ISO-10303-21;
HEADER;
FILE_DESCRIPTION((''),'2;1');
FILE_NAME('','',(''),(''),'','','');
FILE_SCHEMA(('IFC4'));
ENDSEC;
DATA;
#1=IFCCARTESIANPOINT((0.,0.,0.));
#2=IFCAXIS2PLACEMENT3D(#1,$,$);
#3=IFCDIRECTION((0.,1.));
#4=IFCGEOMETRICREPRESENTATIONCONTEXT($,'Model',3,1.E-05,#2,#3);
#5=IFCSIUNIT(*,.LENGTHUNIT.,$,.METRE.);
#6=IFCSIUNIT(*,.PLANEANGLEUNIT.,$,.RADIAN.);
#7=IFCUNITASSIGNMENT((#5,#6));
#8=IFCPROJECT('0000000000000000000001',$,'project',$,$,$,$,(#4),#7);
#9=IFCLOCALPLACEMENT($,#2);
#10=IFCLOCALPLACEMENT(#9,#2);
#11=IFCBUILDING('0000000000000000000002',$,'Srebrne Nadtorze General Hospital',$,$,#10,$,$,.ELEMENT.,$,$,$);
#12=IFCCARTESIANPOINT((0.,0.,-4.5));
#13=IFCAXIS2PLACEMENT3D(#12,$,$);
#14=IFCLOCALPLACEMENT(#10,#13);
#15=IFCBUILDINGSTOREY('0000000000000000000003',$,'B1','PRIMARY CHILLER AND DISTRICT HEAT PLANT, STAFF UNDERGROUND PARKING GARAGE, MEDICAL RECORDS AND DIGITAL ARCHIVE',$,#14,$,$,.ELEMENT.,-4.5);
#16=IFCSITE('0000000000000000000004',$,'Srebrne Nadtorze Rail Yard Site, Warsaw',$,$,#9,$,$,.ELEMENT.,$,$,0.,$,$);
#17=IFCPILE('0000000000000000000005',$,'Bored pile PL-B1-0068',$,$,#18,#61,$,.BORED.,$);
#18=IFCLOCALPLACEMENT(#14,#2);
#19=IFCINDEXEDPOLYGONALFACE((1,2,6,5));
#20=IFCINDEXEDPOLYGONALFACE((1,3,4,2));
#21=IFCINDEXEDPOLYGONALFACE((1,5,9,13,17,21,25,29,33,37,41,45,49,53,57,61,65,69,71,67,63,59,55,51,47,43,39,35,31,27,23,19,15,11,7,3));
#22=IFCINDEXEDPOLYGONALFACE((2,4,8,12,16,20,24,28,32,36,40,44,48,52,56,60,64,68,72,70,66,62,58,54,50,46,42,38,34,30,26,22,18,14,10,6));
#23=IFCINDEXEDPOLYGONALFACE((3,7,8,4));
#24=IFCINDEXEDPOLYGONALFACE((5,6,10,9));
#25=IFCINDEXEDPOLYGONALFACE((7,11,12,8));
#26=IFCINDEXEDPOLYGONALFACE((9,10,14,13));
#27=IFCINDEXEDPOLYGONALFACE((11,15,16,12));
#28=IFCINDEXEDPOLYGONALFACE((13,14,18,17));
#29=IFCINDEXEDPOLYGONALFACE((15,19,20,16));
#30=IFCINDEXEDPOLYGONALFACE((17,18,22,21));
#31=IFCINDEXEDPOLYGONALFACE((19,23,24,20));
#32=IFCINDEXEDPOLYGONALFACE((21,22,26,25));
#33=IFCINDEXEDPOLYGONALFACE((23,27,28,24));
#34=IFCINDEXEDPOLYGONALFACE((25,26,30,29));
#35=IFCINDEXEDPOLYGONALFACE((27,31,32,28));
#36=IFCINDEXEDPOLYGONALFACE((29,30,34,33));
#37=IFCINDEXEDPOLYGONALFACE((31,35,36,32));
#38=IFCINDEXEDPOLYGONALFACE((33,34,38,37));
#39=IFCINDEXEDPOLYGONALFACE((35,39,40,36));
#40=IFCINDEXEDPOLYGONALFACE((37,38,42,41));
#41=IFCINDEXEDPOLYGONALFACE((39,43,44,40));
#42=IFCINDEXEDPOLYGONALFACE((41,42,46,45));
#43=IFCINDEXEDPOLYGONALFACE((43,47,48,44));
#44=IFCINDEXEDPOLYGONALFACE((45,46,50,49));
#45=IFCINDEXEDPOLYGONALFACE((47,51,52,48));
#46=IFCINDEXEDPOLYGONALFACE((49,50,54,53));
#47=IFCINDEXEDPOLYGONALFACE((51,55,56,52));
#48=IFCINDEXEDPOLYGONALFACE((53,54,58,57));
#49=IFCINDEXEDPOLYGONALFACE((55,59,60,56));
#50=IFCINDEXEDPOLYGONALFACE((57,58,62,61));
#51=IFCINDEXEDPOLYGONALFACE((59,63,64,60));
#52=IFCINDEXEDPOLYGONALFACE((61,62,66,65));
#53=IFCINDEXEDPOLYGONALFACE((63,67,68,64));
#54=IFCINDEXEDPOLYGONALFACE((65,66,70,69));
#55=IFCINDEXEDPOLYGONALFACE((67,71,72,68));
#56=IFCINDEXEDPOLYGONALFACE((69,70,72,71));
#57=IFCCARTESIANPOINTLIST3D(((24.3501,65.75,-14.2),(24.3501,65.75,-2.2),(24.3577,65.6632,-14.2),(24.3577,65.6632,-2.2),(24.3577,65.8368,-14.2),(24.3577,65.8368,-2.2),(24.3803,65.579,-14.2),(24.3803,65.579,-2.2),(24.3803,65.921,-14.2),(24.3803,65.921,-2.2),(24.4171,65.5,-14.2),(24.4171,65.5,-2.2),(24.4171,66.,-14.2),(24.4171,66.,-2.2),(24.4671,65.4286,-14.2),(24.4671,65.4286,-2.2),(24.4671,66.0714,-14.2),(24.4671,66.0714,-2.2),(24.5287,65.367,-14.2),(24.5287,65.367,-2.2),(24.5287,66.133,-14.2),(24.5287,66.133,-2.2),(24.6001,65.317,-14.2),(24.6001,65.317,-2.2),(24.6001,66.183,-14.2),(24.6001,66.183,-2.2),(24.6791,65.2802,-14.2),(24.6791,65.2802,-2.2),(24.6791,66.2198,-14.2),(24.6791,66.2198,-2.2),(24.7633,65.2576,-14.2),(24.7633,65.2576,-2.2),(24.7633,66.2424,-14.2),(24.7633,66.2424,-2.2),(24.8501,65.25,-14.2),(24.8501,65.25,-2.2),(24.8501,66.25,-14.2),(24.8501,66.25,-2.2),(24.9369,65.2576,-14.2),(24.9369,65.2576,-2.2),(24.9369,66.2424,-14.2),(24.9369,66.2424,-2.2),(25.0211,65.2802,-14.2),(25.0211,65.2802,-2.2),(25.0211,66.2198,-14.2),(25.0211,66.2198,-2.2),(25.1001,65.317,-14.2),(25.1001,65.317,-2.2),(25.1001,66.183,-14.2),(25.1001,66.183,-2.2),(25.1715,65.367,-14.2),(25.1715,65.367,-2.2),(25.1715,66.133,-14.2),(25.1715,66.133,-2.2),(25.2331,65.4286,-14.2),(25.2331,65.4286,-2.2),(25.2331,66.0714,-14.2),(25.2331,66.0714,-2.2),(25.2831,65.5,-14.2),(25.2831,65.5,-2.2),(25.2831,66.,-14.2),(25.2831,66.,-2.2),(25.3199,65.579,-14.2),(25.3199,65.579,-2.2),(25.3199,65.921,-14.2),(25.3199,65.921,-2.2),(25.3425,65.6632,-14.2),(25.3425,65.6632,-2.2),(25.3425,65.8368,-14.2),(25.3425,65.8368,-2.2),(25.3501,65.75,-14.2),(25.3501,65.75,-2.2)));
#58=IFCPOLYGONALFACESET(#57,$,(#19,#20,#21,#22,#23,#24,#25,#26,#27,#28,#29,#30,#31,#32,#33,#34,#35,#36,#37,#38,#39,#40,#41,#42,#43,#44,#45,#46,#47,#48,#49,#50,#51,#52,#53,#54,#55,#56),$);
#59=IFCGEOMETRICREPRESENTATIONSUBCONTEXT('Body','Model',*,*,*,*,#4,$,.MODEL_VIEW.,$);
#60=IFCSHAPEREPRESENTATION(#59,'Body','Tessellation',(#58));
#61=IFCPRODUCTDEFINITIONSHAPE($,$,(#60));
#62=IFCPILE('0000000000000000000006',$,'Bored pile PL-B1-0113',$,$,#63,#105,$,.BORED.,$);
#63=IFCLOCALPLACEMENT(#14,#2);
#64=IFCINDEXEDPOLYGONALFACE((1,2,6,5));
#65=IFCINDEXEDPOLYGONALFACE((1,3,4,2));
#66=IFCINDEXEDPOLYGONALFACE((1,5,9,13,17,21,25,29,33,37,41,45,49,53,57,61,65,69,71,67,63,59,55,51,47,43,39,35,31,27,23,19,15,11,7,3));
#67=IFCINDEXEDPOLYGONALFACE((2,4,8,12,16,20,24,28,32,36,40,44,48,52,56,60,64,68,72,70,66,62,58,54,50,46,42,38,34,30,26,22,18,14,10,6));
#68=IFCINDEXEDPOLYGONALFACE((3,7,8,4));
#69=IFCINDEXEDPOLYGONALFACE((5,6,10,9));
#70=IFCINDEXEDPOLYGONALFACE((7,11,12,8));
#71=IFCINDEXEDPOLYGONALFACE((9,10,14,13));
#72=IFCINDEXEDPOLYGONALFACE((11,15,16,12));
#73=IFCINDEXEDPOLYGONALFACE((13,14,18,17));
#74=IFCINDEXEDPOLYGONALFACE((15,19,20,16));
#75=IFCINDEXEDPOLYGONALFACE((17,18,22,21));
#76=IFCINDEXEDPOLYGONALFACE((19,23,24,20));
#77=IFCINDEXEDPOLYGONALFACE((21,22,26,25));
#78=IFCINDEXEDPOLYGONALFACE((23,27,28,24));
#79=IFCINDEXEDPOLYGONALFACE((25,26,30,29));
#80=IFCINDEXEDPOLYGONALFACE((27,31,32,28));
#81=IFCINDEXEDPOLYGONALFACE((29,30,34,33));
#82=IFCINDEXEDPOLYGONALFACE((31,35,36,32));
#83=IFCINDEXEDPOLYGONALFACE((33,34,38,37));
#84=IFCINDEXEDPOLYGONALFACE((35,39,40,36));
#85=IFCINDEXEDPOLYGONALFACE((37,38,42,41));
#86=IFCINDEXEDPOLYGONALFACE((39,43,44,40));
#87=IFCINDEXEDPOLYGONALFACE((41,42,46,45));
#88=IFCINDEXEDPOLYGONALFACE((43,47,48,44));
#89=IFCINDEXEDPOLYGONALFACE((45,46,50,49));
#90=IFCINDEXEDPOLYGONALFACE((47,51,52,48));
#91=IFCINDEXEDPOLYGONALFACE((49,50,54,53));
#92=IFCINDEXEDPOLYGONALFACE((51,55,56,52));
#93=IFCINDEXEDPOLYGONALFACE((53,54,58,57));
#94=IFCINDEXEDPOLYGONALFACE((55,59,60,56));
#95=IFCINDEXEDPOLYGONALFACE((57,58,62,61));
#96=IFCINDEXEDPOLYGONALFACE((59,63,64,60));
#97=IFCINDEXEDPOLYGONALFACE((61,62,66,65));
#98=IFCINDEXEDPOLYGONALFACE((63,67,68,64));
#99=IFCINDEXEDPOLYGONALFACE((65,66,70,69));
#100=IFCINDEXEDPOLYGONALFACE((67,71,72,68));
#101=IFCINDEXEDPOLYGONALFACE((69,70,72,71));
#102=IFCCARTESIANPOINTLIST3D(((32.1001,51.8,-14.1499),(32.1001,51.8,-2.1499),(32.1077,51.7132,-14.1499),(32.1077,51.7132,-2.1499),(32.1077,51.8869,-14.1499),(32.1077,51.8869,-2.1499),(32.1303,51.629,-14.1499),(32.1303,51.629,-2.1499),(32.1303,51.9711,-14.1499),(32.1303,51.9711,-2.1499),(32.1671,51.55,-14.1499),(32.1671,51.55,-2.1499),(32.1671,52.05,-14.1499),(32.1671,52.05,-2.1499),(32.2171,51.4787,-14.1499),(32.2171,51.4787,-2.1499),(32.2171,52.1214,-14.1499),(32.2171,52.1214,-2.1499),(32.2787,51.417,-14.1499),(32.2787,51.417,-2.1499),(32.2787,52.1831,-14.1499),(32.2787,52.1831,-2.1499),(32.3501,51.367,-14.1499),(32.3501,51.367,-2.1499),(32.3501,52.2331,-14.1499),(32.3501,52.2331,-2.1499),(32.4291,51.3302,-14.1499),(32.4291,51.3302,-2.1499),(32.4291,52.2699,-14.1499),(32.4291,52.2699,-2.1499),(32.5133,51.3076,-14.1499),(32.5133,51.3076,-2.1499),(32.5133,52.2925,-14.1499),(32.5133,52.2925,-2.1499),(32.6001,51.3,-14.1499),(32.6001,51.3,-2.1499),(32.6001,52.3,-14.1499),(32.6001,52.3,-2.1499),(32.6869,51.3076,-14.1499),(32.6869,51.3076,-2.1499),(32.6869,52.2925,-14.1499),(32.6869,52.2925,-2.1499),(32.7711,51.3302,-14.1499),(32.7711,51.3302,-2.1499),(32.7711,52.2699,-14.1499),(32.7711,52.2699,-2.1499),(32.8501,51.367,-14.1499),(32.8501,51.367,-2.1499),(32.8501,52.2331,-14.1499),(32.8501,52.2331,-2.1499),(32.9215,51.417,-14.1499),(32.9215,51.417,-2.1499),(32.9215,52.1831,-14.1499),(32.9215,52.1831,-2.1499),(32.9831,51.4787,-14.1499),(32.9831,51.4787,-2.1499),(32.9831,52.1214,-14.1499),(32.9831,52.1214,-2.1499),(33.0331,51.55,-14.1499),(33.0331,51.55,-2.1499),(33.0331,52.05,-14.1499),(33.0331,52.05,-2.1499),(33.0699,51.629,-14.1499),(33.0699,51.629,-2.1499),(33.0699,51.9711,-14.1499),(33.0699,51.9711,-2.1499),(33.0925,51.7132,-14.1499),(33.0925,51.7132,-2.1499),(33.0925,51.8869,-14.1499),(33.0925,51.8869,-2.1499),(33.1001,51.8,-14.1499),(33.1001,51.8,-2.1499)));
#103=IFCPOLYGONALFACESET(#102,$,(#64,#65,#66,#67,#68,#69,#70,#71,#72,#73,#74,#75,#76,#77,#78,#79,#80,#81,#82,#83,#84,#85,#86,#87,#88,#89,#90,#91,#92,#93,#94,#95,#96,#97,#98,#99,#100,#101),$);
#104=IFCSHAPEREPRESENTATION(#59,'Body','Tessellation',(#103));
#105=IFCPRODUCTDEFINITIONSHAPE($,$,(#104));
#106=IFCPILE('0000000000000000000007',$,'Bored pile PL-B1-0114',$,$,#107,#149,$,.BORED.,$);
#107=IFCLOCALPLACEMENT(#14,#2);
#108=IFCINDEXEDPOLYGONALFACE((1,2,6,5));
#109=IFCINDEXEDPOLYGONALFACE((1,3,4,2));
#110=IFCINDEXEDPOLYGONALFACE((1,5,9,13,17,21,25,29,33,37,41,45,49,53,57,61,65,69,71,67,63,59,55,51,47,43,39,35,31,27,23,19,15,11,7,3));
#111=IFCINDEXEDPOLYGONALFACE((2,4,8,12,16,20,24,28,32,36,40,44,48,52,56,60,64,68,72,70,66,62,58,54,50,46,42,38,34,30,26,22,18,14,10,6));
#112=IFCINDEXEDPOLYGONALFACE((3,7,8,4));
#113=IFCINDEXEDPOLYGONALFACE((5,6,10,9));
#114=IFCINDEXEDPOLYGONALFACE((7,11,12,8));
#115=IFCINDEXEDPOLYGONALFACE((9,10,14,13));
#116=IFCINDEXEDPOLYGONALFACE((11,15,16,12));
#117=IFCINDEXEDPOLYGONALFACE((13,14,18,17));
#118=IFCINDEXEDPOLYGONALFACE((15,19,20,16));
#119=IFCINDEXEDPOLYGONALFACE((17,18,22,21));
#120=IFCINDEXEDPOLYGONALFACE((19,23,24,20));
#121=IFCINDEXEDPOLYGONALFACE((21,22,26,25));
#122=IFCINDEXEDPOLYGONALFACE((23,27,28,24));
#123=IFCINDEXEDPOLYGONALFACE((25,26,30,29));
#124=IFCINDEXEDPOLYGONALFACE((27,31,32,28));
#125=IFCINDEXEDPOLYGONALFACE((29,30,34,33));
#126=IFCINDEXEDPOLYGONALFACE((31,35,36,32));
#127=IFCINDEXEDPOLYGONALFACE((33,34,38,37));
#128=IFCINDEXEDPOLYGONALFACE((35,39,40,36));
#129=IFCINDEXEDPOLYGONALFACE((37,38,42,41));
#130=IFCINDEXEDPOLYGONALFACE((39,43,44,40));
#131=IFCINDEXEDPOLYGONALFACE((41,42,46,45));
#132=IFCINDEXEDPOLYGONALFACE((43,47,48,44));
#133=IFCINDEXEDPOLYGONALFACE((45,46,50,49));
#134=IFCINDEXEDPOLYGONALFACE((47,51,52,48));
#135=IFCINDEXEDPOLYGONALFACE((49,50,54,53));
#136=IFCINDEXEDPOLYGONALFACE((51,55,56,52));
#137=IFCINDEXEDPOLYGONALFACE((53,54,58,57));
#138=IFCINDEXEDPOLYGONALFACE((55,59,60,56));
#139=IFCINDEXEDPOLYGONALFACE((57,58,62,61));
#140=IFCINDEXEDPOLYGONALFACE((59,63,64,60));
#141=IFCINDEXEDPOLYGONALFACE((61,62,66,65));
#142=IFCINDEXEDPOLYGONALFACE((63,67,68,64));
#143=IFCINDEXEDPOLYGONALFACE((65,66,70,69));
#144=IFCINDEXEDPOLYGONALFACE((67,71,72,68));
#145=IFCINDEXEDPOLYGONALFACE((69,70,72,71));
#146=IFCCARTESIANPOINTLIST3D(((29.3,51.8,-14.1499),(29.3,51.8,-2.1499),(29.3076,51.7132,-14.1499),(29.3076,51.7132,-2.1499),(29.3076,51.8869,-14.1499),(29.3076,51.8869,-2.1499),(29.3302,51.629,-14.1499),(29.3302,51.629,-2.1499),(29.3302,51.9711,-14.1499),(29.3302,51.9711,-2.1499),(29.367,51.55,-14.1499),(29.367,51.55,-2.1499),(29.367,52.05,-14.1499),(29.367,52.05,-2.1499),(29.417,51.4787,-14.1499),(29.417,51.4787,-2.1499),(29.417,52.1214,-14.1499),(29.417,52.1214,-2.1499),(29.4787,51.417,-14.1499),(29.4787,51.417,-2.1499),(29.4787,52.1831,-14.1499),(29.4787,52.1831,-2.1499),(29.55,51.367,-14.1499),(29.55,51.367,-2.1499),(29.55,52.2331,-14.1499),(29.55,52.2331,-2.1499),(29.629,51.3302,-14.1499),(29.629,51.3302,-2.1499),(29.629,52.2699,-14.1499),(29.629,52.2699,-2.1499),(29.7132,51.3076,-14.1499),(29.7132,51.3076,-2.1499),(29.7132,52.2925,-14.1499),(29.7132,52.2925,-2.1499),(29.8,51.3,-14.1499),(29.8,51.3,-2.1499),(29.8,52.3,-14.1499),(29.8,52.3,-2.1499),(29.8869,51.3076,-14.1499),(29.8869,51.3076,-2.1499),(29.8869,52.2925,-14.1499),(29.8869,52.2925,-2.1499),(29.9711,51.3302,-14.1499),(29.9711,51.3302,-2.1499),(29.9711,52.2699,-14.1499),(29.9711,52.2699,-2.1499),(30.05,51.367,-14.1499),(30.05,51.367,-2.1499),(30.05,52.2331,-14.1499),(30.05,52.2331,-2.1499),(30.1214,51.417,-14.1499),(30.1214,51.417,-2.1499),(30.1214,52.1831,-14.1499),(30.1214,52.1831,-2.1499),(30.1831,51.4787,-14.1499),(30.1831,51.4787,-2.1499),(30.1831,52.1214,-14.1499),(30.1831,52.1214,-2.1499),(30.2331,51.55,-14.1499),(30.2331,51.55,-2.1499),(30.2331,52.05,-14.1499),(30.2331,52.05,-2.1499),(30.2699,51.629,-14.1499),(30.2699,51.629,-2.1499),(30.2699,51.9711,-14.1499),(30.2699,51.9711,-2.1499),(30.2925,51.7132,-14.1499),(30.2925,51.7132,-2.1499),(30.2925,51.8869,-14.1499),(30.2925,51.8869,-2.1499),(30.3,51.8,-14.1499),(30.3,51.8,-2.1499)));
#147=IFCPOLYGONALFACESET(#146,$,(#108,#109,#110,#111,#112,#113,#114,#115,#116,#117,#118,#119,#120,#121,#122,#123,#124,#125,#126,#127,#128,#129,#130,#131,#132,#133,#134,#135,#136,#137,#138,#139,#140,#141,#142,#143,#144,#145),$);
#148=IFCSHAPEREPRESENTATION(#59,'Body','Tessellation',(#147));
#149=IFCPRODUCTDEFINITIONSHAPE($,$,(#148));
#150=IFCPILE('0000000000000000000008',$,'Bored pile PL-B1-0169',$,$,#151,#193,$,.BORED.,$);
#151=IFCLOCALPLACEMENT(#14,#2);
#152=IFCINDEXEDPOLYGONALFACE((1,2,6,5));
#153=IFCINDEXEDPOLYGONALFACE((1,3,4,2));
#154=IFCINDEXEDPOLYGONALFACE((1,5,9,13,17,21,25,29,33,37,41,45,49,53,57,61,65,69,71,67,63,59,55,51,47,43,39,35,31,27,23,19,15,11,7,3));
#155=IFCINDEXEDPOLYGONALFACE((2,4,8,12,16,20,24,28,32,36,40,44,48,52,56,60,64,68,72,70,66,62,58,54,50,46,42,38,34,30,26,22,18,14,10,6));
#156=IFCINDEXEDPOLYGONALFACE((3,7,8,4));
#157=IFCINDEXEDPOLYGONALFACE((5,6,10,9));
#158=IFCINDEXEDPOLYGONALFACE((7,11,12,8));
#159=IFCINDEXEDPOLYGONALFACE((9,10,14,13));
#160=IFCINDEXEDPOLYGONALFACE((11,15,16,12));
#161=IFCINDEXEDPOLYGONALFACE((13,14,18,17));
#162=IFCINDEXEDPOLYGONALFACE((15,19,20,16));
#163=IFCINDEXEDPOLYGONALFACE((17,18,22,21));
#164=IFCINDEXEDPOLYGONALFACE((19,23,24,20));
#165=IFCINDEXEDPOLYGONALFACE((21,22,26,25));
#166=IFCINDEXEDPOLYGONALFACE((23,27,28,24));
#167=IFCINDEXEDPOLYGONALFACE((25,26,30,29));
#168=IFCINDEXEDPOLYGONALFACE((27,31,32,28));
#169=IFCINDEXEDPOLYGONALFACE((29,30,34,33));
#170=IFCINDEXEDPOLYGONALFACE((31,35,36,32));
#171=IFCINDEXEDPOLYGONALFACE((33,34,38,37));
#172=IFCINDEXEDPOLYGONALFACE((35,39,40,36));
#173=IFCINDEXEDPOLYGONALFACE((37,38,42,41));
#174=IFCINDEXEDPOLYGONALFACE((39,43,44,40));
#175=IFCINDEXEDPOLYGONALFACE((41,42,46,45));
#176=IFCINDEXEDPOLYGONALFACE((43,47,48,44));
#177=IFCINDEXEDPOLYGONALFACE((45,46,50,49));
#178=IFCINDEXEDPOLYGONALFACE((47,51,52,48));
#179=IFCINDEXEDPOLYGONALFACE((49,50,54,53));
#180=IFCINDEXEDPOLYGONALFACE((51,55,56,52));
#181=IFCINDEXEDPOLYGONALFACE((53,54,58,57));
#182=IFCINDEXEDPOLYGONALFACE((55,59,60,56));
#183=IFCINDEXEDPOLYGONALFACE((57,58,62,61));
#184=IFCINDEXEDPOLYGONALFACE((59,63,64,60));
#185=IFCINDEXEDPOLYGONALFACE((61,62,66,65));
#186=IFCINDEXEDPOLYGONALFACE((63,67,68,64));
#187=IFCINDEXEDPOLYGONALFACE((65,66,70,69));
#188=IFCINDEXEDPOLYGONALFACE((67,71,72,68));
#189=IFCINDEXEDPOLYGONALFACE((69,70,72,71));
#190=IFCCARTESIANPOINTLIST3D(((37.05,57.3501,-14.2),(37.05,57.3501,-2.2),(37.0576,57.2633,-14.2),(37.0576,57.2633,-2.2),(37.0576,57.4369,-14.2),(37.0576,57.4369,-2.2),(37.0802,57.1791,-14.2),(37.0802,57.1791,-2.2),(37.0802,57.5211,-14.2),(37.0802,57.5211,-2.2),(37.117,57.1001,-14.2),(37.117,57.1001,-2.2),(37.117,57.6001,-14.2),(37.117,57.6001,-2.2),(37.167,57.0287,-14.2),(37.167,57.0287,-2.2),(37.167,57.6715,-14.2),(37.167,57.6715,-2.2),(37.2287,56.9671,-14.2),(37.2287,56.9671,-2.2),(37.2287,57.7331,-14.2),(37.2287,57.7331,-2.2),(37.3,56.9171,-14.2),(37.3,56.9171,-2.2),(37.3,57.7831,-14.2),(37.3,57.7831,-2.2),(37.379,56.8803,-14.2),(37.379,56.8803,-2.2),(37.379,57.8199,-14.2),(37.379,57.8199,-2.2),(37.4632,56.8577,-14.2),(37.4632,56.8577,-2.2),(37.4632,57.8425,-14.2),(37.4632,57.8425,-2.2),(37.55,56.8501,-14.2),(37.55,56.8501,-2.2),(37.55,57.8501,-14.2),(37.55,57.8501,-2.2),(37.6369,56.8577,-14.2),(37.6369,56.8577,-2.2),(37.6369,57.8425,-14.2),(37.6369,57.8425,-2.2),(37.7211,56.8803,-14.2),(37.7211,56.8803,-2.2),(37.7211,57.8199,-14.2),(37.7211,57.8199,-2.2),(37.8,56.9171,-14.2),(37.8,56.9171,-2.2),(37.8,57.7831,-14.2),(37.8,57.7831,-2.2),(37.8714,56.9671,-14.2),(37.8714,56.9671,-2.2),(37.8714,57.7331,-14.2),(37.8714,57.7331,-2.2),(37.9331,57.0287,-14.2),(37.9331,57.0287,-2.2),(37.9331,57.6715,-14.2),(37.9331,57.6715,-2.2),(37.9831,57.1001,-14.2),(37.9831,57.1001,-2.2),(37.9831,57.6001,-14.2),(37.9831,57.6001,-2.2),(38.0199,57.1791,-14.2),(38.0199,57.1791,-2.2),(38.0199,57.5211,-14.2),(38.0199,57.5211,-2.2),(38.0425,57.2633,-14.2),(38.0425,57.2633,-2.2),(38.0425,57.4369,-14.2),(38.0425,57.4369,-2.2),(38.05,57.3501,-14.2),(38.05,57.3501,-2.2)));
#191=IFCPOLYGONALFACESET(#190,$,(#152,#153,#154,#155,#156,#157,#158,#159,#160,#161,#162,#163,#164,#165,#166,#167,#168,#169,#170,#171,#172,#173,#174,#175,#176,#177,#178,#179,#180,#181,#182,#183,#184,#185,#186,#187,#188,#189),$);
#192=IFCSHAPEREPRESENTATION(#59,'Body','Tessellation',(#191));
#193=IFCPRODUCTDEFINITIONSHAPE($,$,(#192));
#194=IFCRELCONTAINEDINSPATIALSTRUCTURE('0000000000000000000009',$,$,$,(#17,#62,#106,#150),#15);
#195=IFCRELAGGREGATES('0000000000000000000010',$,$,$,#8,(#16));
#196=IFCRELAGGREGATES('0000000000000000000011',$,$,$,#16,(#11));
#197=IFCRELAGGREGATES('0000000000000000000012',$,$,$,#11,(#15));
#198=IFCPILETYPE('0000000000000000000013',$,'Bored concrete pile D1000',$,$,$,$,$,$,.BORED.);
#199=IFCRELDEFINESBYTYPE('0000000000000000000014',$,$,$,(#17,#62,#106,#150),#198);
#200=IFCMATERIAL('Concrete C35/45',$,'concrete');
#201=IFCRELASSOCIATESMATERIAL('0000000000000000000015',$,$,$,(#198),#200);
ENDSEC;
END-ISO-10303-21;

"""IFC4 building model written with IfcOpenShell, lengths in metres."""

from ifc_helpers import new_model, si_unit, direction, frame, origin, origin_2d, place, context, subcontext, project, spatial, circle, extrude, material, material_profile, profile_set, type_object, element, save


model = new_model("IFC4")

# Units and contexts
model_context = context("Model", 3, precision=1e-05, world=origin(), true_north=direction((0.0, 1.0)))
body_context = subcontext(model_context, "Body", "Model", "MODEL_VIEW")
ifc_project = project(units=[si_unit("LENGTHUNIT", "METRE"), si_unit("PLANEANGLEUNIT", "RADIAN")], contexts=[model_context])

# Site, building, storey
site_placement = place(None, origin())
site = spatial("IfcSite", under=ifc_project, at=site_placement, Name="Srebrne Nadtorze Rail Yard Site, Warsaw", CompositionType="ELEMENT", RefElevation=0.0)
building_placement = place(site_placement, origin())
building = spatial("IfcBuilding", under=site, at=building_placement, Name="Srebrne Nadtorze General Hospital", CompositionType="ELEMENT")
storey_placement = place(building_placement, frame((0.0, 0.0, -4.5)))
storey = spatial("IfcBuildingStorey", under=building, at=storey_placement, Name="B1", Description="PRIMARY CHILLER AND DISTRICT HEAT PLANT, STAFF UNDERGROUND PARKING GARAGE, MEDICAL RECORDS AND DIGITAL ARCHIVE", CompositionType="ELEMENT", Elevation=-4.5)

# Piles
ifc_material_1 = material(Name="Concrete C35/45", Category="concrete")
ifc_material_profile_1 = material_profile(ifc_material_1, circle(Radius=0.5, at=origin_2d()), Name="PILE-D1000")
ifc_profile_set_1 = profile_set([ifc_material_profile_1], Name="Concrete C35/45")
pile_type_1 = type_object("IfcPileType", Name="Bored concrete pile D1000", PredefinedType="BORED", material=ifc_profile_set_1)
for number, where, z_axis, x_axis, name in (
    (1, (24.8501, 65.75, -2.2), (0.0, 0.0, -1.0), (1.0, 0.0, 0.0), "Bored pile PL-B1-0068"),
    (2, (32.6001, 51.8, -2.1499), (0.0, 0.0, -1.0), (1.0, 0.0, 0.0), "Bored pile PL-B1-0113"),
    (3, (29.8, 51.8, -2.1499), (0.0, 0.0, -1.0), (1.0, 0.0, 0.0), "Bored pile PL-B1-0114"),
    (4, (37.55, 57.3501, -2.2), (0.0, 0.0, -1.0), (1.0, 0.0, 0.0), "Bored pile PL-B1-0169"),
):
    element("IfcPile", number, at=place(storey_placement, frame(where, z_axis=z_axis, x_axis=x_axis)), inside=storey, type_object=pile_type_1, Name=name, PredefinedType="BORED", context=body_context, shape_type="SweptSolid", body=[
        extrude(circle(Radius=0.5, at=origin_2d()), origin(), (0.0, 0.0, 1.0), 12.0),
    ])

save(model, "model.ifc")
